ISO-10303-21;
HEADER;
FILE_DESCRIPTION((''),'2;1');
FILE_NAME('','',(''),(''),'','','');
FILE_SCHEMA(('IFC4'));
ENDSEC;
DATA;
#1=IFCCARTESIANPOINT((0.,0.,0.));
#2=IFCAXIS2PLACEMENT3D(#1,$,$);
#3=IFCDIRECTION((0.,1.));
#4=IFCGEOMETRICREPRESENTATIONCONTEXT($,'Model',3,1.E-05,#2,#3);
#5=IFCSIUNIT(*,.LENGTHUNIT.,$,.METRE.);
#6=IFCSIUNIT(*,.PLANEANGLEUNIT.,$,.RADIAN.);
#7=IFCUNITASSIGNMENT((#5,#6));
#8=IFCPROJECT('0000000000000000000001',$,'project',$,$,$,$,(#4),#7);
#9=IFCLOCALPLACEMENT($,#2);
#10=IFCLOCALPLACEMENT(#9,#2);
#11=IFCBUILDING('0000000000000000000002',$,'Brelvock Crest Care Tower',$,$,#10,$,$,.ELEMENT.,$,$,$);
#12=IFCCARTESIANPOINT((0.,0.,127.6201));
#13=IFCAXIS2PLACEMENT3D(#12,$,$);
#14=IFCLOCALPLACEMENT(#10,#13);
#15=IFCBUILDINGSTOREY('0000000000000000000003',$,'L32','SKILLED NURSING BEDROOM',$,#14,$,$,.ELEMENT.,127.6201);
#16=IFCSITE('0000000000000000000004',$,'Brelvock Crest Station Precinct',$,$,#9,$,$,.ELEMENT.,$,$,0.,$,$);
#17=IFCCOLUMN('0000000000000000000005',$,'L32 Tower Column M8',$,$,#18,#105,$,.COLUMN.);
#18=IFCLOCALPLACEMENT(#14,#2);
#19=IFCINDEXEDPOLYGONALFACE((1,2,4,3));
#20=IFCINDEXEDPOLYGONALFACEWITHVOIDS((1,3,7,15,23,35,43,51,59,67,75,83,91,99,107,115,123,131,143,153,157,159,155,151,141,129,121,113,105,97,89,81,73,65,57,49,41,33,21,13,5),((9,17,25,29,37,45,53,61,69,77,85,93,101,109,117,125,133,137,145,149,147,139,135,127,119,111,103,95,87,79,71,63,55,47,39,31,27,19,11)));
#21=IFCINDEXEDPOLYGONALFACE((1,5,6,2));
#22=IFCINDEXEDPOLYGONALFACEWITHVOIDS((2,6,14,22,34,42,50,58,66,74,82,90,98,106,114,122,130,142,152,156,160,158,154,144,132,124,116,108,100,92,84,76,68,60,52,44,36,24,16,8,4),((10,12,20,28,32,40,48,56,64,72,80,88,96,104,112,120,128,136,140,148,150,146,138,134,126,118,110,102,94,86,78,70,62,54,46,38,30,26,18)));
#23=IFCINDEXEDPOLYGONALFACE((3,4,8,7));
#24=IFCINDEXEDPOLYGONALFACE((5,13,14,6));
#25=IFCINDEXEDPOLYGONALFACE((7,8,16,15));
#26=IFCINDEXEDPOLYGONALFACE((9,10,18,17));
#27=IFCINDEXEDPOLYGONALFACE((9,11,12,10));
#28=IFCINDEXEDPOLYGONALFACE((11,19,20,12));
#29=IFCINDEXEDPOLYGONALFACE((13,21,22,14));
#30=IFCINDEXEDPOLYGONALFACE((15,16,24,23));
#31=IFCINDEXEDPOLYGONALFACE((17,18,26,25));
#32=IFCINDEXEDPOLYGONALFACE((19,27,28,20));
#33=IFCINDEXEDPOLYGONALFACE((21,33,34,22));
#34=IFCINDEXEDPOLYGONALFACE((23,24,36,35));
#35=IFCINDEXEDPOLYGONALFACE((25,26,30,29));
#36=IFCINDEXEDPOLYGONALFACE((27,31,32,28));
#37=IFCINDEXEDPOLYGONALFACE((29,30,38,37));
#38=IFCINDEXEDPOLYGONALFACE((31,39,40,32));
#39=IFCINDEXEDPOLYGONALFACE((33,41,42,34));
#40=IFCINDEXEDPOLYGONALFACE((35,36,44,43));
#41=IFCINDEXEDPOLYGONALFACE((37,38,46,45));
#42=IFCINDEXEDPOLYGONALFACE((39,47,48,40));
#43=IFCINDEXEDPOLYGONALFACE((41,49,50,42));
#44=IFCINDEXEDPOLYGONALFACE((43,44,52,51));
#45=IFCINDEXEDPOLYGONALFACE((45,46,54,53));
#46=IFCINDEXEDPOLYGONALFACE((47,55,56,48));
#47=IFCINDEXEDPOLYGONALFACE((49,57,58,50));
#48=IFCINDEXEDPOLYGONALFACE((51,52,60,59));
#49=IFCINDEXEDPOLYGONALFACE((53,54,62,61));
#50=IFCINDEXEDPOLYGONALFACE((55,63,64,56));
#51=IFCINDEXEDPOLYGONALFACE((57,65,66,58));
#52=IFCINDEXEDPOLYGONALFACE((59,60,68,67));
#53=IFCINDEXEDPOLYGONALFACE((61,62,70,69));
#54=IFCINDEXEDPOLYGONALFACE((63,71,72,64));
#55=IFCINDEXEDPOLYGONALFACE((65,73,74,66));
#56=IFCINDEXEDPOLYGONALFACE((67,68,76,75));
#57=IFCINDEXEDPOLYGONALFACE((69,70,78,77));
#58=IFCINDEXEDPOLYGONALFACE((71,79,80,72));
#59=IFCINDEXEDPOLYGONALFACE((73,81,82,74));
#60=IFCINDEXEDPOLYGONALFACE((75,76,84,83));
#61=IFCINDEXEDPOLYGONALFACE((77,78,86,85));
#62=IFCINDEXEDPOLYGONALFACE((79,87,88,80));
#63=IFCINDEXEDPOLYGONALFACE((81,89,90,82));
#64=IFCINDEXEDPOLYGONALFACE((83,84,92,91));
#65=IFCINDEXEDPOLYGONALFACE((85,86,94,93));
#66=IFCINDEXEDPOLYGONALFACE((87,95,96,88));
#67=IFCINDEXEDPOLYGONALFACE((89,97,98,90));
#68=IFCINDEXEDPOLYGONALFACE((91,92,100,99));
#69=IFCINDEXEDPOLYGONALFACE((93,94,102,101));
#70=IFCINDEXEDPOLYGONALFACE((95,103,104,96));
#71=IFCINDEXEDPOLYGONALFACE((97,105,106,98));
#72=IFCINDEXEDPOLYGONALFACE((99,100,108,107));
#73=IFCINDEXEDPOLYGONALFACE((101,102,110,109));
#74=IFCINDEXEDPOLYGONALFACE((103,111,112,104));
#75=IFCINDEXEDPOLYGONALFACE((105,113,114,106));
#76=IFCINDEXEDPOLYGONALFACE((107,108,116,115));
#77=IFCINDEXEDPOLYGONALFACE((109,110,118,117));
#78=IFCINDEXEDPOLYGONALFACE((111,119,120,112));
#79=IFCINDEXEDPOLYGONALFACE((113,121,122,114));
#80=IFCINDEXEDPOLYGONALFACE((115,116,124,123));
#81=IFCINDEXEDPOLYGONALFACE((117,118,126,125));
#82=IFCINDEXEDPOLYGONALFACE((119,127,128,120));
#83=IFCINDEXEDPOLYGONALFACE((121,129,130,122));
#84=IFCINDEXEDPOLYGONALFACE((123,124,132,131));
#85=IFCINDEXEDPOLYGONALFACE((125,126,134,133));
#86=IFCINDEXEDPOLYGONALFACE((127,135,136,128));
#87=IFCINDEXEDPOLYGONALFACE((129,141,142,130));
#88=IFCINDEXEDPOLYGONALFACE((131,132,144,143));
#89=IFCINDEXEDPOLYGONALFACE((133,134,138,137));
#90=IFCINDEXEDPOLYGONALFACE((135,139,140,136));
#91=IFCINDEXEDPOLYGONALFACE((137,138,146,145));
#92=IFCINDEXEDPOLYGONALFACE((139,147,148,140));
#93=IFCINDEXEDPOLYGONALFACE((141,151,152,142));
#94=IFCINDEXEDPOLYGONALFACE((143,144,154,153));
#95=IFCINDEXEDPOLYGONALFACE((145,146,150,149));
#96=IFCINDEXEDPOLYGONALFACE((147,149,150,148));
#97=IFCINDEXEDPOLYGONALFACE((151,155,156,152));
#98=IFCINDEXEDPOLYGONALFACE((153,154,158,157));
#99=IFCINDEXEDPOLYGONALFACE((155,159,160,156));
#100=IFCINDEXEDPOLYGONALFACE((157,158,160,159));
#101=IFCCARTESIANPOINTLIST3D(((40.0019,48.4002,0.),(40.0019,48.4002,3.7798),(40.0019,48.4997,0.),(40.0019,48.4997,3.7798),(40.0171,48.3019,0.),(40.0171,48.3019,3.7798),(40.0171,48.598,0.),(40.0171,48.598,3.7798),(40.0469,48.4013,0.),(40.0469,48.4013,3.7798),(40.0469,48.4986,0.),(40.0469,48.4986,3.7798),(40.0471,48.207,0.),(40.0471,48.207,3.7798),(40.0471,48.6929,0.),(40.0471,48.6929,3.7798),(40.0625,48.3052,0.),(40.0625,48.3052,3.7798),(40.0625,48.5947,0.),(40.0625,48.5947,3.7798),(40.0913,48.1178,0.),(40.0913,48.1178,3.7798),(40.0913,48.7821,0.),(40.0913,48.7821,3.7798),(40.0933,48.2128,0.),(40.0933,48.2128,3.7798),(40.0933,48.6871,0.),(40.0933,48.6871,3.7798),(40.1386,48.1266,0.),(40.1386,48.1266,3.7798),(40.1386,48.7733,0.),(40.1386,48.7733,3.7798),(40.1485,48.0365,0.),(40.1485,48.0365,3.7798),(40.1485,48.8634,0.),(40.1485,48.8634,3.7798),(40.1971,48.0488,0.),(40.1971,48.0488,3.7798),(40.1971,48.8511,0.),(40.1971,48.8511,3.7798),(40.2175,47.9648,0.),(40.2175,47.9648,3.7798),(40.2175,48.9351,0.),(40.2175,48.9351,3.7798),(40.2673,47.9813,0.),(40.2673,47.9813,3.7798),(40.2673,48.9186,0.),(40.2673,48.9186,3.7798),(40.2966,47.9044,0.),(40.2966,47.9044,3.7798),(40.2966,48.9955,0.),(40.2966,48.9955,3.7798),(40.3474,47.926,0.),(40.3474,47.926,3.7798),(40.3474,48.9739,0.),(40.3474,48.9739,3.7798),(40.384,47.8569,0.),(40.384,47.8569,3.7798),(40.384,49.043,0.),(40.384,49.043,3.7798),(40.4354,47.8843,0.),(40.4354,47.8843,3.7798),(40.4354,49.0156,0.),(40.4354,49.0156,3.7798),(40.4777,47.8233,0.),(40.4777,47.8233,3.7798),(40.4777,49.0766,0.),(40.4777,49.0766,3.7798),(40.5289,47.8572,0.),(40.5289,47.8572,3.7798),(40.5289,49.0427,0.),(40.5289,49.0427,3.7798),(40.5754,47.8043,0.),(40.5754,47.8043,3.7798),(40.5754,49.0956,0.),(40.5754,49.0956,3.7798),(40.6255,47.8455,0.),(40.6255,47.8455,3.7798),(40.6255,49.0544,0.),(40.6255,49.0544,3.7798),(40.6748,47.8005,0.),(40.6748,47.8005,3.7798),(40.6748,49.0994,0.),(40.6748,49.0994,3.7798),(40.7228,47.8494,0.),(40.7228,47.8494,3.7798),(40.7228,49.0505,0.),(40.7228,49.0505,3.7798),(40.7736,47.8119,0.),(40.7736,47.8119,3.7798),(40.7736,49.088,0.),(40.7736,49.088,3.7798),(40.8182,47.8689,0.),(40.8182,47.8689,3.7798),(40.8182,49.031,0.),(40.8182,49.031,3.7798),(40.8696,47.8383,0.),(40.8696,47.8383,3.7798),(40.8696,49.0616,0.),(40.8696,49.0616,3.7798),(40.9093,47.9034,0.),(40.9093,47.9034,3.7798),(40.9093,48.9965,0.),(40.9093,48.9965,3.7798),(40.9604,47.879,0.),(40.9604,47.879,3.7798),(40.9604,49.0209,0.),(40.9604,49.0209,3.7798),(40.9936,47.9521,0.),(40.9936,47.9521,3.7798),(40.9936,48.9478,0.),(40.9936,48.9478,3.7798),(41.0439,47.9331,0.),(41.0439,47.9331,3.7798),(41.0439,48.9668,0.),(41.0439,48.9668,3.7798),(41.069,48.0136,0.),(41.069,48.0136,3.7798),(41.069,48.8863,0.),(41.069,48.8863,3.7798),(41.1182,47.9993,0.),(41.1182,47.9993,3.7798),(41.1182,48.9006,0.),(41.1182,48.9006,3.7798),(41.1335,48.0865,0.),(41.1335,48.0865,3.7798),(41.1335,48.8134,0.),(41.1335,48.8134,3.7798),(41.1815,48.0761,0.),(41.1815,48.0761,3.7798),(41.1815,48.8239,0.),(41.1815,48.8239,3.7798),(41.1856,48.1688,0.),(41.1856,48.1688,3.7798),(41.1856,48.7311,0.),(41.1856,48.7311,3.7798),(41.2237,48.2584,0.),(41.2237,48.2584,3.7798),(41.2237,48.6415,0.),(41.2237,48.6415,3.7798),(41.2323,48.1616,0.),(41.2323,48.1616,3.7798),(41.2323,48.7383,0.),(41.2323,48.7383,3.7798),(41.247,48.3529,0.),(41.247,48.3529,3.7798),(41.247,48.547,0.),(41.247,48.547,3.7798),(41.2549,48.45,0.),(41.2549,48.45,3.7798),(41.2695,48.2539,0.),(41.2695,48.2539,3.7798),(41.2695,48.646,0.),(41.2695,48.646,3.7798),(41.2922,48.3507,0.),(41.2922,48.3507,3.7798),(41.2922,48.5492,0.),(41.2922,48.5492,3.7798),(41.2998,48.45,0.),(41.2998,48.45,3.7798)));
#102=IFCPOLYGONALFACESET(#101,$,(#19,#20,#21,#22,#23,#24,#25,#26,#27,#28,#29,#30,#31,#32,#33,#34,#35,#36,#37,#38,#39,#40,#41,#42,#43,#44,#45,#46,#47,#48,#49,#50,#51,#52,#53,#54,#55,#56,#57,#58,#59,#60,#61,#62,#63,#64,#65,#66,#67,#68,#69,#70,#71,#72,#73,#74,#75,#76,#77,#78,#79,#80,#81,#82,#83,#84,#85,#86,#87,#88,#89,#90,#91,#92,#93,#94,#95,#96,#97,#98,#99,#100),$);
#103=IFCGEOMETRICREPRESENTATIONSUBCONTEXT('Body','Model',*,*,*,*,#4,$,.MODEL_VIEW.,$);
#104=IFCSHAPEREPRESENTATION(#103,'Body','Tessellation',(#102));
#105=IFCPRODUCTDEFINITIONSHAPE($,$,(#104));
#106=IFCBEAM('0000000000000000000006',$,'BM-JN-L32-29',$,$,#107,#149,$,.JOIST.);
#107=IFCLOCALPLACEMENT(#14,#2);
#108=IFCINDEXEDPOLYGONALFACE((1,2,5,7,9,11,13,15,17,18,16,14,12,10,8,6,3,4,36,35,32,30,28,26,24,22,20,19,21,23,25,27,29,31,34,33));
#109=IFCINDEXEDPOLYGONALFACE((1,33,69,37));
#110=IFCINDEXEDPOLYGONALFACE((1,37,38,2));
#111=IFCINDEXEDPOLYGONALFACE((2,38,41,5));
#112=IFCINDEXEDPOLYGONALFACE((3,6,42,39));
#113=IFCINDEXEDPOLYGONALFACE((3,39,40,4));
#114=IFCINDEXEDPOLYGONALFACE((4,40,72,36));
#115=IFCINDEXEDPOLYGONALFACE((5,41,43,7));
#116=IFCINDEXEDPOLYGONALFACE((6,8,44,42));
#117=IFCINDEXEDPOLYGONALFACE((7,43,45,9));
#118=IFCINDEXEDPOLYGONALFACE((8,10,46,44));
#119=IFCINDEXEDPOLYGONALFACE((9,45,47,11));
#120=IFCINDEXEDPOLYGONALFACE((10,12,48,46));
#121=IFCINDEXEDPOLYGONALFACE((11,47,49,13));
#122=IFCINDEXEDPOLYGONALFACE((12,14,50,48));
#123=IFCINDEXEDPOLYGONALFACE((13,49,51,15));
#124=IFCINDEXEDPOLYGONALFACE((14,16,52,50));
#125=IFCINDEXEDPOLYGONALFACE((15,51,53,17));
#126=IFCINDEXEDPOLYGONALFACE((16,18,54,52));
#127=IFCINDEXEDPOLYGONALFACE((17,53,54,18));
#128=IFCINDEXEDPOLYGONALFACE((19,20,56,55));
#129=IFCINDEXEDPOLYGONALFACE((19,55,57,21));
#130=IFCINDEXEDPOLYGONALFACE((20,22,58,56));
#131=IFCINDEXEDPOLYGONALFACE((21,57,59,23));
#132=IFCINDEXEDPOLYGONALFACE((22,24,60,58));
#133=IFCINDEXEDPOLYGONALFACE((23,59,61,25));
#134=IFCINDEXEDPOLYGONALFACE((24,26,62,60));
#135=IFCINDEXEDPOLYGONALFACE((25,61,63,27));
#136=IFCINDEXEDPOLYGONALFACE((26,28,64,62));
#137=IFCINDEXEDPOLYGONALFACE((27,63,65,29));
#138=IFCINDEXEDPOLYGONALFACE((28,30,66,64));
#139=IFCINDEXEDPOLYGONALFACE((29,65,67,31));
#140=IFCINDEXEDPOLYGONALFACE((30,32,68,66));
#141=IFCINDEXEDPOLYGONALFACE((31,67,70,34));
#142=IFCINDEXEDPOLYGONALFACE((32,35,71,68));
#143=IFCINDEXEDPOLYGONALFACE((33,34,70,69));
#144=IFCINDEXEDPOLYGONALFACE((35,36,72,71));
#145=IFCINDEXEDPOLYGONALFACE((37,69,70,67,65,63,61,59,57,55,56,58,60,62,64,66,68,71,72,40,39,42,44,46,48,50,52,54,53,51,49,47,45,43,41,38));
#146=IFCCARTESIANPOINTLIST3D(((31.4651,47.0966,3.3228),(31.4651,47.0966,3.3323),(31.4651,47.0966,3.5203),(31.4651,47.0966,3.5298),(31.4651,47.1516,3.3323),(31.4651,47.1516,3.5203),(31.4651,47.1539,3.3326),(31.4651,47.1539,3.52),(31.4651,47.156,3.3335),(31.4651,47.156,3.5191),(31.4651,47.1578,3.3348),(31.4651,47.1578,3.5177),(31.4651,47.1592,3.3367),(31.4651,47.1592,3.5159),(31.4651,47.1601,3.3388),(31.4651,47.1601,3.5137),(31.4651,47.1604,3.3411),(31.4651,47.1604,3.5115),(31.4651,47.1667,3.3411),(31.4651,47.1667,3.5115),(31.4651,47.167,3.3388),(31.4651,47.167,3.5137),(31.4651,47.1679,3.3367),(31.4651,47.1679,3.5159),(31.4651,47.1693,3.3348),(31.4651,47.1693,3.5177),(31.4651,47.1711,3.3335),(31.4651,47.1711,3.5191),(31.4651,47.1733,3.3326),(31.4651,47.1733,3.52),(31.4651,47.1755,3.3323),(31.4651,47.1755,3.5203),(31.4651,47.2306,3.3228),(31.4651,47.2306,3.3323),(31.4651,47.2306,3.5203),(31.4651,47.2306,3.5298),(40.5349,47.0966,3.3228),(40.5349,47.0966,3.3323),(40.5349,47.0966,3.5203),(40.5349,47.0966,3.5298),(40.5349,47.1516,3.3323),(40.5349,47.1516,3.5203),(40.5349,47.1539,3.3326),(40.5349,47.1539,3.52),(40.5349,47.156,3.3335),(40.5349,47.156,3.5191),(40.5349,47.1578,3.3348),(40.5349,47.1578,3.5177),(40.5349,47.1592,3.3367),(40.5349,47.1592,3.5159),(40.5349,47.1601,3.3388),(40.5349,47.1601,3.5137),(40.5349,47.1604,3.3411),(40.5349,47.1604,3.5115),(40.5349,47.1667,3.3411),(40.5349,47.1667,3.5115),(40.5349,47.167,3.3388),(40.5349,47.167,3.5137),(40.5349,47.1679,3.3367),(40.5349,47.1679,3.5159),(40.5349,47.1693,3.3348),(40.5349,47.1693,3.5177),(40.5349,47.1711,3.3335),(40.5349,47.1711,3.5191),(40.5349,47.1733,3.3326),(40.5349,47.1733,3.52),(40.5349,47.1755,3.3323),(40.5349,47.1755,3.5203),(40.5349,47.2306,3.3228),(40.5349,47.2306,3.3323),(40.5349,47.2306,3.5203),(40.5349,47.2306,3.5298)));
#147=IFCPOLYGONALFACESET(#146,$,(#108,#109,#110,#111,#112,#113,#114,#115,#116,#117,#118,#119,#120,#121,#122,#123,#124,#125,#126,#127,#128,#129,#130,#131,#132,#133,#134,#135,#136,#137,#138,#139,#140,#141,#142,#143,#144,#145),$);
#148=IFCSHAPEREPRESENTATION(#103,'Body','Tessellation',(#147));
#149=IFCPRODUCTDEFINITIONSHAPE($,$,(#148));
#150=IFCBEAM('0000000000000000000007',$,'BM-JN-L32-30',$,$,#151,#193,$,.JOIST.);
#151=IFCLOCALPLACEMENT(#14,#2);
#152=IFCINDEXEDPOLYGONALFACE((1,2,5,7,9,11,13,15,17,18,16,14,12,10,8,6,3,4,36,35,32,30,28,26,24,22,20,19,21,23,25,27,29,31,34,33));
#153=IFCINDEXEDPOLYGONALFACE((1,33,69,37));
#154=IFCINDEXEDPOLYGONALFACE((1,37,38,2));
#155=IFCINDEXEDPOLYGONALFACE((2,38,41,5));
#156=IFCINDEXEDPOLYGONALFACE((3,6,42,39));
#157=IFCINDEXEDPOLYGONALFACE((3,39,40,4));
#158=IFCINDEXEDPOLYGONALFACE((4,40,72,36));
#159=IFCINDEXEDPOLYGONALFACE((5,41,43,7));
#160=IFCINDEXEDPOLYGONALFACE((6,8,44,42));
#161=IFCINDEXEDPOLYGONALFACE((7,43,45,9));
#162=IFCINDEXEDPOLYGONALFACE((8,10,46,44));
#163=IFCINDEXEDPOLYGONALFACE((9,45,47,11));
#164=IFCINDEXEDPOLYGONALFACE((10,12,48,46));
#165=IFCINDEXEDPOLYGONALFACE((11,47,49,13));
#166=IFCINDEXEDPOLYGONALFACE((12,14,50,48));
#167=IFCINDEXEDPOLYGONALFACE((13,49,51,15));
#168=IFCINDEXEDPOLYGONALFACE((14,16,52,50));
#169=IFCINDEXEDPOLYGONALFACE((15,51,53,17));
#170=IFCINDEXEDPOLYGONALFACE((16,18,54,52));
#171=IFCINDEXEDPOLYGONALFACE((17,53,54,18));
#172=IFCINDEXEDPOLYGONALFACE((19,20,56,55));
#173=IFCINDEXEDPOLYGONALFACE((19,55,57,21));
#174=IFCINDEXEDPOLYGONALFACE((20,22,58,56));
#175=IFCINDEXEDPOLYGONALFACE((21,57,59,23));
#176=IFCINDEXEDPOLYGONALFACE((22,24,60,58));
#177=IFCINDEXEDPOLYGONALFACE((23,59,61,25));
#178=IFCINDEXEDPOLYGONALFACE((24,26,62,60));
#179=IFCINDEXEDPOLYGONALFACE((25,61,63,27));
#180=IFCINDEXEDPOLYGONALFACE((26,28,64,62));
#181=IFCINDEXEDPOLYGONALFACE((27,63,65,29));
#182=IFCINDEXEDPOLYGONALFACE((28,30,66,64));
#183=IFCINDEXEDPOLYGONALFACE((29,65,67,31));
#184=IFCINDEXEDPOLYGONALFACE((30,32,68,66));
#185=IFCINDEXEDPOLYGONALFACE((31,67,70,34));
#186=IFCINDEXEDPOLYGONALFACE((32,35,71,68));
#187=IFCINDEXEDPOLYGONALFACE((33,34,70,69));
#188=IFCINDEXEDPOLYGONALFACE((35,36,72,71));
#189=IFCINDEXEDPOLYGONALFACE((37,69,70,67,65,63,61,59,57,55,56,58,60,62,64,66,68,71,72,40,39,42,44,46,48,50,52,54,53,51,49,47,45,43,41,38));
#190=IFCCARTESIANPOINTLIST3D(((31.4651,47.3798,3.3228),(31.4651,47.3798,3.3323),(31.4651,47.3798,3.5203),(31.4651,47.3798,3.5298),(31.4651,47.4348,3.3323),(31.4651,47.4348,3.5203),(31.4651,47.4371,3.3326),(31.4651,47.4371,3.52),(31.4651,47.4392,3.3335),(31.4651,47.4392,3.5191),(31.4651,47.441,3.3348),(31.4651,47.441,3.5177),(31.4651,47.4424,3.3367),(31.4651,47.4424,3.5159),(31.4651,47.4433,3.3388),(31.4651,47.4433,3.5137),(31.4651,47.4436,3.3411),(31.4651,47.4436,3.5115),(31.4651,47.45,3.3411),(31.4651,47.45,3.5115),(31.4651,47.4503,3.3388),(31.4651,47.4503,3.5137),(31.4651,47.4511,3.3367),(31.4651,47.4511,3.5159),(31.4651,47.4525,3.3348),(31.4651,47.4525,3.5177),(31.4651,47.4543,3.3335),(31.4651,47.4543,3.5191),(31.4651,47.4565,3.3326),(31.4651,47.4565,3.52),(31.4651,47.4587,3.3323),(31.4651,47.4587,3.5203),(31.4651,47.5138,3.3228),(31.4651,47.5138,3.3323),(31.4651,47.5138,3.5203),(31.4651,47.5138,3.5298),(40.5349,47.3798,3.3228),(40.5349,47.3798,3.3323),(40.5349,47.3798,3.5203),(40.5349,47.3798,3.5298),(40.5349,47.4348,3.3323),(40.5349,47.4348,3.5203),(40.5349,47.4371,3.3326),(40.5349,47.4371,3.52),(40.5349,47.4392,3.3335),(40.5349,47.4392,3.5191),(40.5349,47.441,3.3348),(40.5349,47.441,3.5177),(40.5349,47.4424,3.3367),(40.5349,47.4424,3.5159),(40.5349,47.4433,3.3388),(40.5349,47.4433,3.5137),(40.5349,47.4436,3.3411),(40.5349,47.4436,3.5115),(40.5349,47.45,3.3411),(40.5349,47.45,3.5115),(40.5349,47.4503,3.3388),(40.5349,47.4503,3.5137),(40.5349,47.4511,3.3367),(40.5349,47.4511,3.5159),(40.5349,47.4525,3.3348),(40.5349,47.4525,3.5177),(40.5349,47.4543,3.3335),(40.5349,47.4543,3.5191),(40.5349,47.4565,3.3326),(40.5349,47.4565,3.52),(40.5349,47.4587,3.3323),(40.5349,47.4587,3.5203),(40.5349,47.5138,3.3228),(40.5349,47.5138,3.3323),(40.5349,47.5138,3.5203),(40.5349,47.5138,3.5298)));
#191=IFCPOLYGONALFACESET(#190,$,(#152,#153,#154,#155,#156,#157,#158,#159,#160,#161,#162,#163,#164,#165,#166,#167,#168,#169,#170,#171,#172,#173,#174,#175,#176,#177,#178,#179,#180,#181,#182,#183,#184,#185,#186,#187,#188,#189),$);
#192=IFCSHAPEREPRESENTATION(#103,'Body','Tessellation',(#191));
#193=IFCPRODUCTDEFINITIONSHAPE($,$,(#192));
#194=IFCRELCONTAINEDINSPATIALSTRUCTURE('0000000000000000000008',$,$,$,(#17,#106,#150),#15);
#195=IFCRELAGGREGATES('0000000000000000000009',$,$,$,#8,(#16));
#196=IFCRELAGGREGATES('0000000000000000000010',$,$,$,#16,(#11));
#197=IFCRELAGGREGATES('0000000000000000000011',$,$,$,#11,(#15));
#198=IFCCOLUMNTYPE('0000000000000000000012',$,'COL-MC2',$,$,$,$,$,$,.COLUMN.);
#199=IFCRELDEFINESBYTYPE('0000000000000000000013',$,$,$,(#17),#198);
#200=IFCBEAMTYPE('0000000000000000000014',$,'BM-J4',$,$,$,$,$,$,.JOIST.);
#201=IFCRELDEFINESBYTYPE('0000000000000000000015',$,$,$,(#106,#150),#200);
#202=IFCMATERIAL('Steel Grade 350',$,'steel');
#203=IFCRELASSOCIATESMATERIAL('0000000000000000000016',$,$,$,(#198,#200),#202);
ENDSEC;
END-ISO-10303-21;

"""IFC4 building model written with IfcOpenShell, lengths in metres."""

from ifc_helpers import new_model, si_unit, direction, frame, origin, origin_2d, place, context, subcontext, project, spatial, hollow_circle, i_section, extrude, source, transform, mapped, material, material_profile, profile_set, type_object, element, save


model = new_model("IFC4")

# Units and contexts
model_context = context("Model", 3, precision=1e-05, world=origin(), true_north=direction((0.0, 1.0)))
body_context = subcontext(model_context, "Body", "Model", "MODEL_VIEW")
ifc_project = project(units=[si_unit("LENGTHUNIT", "METRE"), si_unit("PLANEANGLEUNIT", "RADIAN")], contexts=[model_context])

# Site, building, storey
site_placement = place(None, origin())
site = spatial("IfcSite", under=ifc_project, at=site_placement, Name="Brelvock Crest Station Precinct", CompositionType="ELEMENT", RefElevation=0.0)
building_placement = place(site_placement, origin())
building = spatial("IfcBuilding", under=site, at=building_placement, Name="Brelvock Crest Care Tower", CompositionType="ELEMENT")
storey_placement = place(building_placement, frame((0.0, 0.0, 127.6201)))
storey = spatial("IfcBuildingStorey", under=building, at=storey_placement, Name="L32", Description="SKILLED NURSING BEDROOM", CompositionType="ELEMENT", Elevation=127.6201)

# Column
ifc_material_1 = material(Name="Steel Grade 350", Category="steel")
ifc_material_profile_1 = material_profile(ifc_material_1, hollow_circle(Radius=0.6499, WallThickness=0.0449, at=origin_2d()), Name="CFT1300x45")
ifc_profile_set_1 = profile_set([ifc_material_profile_1], Name="Steel Grade 350")
column_type = type_object("IfcColumnType", Name="COL-MC2", PredefinedType="COLUMN", material=ifc_profile_set_1)
shared_shape_1 = source(origin(), body_context, "Body", "SweptSolid", [
    extrude(hollow_circle(Radius=0.6499, WallThickness=0.0449, at=origin_2d()), origin(), (0.0, 0.0, 1.0), 3.7798),
])
column_placement = place(storey_placement, frame((40.6499, 48.45, 0.0), z_axis=(0.0, 0.0, 1.0), x_axis=(1.0, 0.0, 0.0)))
element("IfcColumn", 1, at=column_placement, inside=storey, type_object=column_type, Name="L32 Tower Column M8", PredefinedType="COLUMN", context=body_context, shape_type="MappedRepresentation", body=[
    mapped(shared_shape_1, transform((0.0, 0.0, 0.0), x_axis=(1.0, 0.0, 0.0), y_axis=(0.0, 1.0, 0.0), z_axis=(0.0, 0.0, 1.0), scale=1.0)),
])

# Beams
ifc_material_profile_2 = material_profile(ifc_material_1, i_section(OverallWidth=0.134, OverallDepth=0.207, WebThickness=0.0063, FlangeThickness=0.0095, FilletRadius=0.0088, at=origin_2d()), Name="200UB29.8")
ifc_profile_set_2 = profile_set([ifc_material_profile_2], Name="Steel Grade 350")
beam_type_1 = type_object("IfcBeamType", Name="BM-J4", PredefinedType="JOIST", material=ifc_profile_set_2)
shared_shape_2 = source(origin(), body_context, "Body", "SweptSolid", [
    extrude(i_section(OverallWidth=0.134, OverallDepth=0.207, WebThickness=0.0063, FlangeThickness=0.0095, FilletRadius=0.0088, at=origin_2d()), origin(), (0.0, 0.0, 1.0), 9.0698),
])
for number, where, z_axis, x_axis, name in (
    (2, (31.4651, 47.1636, 3.4263), (1.0, 0.0, 0.0), (0.0, 1.0, 0.0), "BM-JN-L32-29"),
    (3, (31.4651, 47.4468, 3.4263), (1.0, 0.0, 0.0), (0.0, 1.0, 0.0), "BM-JN-L32-30"),
):
    element("IfcBeam", number, at=place(storey_placement, frame(where, z_axis=z_axis, x_axis=x_axis)), inside=storey, type_object=beam_type_1, Name=name, PredefinedType="JOIST", context=body_context, shape_type="MappedRepresentation", body=[
        mapped(shared_shape_2, transform((0.0, 0.0, 0.0), x_axis=(1.0, 0.0, 0.0), y_axis=(0.0, 1.0, 0.0), z_axis=(0.0, 0.0, 1.0), scale=1.0)),
    ])

save(model, "model.ifc")
